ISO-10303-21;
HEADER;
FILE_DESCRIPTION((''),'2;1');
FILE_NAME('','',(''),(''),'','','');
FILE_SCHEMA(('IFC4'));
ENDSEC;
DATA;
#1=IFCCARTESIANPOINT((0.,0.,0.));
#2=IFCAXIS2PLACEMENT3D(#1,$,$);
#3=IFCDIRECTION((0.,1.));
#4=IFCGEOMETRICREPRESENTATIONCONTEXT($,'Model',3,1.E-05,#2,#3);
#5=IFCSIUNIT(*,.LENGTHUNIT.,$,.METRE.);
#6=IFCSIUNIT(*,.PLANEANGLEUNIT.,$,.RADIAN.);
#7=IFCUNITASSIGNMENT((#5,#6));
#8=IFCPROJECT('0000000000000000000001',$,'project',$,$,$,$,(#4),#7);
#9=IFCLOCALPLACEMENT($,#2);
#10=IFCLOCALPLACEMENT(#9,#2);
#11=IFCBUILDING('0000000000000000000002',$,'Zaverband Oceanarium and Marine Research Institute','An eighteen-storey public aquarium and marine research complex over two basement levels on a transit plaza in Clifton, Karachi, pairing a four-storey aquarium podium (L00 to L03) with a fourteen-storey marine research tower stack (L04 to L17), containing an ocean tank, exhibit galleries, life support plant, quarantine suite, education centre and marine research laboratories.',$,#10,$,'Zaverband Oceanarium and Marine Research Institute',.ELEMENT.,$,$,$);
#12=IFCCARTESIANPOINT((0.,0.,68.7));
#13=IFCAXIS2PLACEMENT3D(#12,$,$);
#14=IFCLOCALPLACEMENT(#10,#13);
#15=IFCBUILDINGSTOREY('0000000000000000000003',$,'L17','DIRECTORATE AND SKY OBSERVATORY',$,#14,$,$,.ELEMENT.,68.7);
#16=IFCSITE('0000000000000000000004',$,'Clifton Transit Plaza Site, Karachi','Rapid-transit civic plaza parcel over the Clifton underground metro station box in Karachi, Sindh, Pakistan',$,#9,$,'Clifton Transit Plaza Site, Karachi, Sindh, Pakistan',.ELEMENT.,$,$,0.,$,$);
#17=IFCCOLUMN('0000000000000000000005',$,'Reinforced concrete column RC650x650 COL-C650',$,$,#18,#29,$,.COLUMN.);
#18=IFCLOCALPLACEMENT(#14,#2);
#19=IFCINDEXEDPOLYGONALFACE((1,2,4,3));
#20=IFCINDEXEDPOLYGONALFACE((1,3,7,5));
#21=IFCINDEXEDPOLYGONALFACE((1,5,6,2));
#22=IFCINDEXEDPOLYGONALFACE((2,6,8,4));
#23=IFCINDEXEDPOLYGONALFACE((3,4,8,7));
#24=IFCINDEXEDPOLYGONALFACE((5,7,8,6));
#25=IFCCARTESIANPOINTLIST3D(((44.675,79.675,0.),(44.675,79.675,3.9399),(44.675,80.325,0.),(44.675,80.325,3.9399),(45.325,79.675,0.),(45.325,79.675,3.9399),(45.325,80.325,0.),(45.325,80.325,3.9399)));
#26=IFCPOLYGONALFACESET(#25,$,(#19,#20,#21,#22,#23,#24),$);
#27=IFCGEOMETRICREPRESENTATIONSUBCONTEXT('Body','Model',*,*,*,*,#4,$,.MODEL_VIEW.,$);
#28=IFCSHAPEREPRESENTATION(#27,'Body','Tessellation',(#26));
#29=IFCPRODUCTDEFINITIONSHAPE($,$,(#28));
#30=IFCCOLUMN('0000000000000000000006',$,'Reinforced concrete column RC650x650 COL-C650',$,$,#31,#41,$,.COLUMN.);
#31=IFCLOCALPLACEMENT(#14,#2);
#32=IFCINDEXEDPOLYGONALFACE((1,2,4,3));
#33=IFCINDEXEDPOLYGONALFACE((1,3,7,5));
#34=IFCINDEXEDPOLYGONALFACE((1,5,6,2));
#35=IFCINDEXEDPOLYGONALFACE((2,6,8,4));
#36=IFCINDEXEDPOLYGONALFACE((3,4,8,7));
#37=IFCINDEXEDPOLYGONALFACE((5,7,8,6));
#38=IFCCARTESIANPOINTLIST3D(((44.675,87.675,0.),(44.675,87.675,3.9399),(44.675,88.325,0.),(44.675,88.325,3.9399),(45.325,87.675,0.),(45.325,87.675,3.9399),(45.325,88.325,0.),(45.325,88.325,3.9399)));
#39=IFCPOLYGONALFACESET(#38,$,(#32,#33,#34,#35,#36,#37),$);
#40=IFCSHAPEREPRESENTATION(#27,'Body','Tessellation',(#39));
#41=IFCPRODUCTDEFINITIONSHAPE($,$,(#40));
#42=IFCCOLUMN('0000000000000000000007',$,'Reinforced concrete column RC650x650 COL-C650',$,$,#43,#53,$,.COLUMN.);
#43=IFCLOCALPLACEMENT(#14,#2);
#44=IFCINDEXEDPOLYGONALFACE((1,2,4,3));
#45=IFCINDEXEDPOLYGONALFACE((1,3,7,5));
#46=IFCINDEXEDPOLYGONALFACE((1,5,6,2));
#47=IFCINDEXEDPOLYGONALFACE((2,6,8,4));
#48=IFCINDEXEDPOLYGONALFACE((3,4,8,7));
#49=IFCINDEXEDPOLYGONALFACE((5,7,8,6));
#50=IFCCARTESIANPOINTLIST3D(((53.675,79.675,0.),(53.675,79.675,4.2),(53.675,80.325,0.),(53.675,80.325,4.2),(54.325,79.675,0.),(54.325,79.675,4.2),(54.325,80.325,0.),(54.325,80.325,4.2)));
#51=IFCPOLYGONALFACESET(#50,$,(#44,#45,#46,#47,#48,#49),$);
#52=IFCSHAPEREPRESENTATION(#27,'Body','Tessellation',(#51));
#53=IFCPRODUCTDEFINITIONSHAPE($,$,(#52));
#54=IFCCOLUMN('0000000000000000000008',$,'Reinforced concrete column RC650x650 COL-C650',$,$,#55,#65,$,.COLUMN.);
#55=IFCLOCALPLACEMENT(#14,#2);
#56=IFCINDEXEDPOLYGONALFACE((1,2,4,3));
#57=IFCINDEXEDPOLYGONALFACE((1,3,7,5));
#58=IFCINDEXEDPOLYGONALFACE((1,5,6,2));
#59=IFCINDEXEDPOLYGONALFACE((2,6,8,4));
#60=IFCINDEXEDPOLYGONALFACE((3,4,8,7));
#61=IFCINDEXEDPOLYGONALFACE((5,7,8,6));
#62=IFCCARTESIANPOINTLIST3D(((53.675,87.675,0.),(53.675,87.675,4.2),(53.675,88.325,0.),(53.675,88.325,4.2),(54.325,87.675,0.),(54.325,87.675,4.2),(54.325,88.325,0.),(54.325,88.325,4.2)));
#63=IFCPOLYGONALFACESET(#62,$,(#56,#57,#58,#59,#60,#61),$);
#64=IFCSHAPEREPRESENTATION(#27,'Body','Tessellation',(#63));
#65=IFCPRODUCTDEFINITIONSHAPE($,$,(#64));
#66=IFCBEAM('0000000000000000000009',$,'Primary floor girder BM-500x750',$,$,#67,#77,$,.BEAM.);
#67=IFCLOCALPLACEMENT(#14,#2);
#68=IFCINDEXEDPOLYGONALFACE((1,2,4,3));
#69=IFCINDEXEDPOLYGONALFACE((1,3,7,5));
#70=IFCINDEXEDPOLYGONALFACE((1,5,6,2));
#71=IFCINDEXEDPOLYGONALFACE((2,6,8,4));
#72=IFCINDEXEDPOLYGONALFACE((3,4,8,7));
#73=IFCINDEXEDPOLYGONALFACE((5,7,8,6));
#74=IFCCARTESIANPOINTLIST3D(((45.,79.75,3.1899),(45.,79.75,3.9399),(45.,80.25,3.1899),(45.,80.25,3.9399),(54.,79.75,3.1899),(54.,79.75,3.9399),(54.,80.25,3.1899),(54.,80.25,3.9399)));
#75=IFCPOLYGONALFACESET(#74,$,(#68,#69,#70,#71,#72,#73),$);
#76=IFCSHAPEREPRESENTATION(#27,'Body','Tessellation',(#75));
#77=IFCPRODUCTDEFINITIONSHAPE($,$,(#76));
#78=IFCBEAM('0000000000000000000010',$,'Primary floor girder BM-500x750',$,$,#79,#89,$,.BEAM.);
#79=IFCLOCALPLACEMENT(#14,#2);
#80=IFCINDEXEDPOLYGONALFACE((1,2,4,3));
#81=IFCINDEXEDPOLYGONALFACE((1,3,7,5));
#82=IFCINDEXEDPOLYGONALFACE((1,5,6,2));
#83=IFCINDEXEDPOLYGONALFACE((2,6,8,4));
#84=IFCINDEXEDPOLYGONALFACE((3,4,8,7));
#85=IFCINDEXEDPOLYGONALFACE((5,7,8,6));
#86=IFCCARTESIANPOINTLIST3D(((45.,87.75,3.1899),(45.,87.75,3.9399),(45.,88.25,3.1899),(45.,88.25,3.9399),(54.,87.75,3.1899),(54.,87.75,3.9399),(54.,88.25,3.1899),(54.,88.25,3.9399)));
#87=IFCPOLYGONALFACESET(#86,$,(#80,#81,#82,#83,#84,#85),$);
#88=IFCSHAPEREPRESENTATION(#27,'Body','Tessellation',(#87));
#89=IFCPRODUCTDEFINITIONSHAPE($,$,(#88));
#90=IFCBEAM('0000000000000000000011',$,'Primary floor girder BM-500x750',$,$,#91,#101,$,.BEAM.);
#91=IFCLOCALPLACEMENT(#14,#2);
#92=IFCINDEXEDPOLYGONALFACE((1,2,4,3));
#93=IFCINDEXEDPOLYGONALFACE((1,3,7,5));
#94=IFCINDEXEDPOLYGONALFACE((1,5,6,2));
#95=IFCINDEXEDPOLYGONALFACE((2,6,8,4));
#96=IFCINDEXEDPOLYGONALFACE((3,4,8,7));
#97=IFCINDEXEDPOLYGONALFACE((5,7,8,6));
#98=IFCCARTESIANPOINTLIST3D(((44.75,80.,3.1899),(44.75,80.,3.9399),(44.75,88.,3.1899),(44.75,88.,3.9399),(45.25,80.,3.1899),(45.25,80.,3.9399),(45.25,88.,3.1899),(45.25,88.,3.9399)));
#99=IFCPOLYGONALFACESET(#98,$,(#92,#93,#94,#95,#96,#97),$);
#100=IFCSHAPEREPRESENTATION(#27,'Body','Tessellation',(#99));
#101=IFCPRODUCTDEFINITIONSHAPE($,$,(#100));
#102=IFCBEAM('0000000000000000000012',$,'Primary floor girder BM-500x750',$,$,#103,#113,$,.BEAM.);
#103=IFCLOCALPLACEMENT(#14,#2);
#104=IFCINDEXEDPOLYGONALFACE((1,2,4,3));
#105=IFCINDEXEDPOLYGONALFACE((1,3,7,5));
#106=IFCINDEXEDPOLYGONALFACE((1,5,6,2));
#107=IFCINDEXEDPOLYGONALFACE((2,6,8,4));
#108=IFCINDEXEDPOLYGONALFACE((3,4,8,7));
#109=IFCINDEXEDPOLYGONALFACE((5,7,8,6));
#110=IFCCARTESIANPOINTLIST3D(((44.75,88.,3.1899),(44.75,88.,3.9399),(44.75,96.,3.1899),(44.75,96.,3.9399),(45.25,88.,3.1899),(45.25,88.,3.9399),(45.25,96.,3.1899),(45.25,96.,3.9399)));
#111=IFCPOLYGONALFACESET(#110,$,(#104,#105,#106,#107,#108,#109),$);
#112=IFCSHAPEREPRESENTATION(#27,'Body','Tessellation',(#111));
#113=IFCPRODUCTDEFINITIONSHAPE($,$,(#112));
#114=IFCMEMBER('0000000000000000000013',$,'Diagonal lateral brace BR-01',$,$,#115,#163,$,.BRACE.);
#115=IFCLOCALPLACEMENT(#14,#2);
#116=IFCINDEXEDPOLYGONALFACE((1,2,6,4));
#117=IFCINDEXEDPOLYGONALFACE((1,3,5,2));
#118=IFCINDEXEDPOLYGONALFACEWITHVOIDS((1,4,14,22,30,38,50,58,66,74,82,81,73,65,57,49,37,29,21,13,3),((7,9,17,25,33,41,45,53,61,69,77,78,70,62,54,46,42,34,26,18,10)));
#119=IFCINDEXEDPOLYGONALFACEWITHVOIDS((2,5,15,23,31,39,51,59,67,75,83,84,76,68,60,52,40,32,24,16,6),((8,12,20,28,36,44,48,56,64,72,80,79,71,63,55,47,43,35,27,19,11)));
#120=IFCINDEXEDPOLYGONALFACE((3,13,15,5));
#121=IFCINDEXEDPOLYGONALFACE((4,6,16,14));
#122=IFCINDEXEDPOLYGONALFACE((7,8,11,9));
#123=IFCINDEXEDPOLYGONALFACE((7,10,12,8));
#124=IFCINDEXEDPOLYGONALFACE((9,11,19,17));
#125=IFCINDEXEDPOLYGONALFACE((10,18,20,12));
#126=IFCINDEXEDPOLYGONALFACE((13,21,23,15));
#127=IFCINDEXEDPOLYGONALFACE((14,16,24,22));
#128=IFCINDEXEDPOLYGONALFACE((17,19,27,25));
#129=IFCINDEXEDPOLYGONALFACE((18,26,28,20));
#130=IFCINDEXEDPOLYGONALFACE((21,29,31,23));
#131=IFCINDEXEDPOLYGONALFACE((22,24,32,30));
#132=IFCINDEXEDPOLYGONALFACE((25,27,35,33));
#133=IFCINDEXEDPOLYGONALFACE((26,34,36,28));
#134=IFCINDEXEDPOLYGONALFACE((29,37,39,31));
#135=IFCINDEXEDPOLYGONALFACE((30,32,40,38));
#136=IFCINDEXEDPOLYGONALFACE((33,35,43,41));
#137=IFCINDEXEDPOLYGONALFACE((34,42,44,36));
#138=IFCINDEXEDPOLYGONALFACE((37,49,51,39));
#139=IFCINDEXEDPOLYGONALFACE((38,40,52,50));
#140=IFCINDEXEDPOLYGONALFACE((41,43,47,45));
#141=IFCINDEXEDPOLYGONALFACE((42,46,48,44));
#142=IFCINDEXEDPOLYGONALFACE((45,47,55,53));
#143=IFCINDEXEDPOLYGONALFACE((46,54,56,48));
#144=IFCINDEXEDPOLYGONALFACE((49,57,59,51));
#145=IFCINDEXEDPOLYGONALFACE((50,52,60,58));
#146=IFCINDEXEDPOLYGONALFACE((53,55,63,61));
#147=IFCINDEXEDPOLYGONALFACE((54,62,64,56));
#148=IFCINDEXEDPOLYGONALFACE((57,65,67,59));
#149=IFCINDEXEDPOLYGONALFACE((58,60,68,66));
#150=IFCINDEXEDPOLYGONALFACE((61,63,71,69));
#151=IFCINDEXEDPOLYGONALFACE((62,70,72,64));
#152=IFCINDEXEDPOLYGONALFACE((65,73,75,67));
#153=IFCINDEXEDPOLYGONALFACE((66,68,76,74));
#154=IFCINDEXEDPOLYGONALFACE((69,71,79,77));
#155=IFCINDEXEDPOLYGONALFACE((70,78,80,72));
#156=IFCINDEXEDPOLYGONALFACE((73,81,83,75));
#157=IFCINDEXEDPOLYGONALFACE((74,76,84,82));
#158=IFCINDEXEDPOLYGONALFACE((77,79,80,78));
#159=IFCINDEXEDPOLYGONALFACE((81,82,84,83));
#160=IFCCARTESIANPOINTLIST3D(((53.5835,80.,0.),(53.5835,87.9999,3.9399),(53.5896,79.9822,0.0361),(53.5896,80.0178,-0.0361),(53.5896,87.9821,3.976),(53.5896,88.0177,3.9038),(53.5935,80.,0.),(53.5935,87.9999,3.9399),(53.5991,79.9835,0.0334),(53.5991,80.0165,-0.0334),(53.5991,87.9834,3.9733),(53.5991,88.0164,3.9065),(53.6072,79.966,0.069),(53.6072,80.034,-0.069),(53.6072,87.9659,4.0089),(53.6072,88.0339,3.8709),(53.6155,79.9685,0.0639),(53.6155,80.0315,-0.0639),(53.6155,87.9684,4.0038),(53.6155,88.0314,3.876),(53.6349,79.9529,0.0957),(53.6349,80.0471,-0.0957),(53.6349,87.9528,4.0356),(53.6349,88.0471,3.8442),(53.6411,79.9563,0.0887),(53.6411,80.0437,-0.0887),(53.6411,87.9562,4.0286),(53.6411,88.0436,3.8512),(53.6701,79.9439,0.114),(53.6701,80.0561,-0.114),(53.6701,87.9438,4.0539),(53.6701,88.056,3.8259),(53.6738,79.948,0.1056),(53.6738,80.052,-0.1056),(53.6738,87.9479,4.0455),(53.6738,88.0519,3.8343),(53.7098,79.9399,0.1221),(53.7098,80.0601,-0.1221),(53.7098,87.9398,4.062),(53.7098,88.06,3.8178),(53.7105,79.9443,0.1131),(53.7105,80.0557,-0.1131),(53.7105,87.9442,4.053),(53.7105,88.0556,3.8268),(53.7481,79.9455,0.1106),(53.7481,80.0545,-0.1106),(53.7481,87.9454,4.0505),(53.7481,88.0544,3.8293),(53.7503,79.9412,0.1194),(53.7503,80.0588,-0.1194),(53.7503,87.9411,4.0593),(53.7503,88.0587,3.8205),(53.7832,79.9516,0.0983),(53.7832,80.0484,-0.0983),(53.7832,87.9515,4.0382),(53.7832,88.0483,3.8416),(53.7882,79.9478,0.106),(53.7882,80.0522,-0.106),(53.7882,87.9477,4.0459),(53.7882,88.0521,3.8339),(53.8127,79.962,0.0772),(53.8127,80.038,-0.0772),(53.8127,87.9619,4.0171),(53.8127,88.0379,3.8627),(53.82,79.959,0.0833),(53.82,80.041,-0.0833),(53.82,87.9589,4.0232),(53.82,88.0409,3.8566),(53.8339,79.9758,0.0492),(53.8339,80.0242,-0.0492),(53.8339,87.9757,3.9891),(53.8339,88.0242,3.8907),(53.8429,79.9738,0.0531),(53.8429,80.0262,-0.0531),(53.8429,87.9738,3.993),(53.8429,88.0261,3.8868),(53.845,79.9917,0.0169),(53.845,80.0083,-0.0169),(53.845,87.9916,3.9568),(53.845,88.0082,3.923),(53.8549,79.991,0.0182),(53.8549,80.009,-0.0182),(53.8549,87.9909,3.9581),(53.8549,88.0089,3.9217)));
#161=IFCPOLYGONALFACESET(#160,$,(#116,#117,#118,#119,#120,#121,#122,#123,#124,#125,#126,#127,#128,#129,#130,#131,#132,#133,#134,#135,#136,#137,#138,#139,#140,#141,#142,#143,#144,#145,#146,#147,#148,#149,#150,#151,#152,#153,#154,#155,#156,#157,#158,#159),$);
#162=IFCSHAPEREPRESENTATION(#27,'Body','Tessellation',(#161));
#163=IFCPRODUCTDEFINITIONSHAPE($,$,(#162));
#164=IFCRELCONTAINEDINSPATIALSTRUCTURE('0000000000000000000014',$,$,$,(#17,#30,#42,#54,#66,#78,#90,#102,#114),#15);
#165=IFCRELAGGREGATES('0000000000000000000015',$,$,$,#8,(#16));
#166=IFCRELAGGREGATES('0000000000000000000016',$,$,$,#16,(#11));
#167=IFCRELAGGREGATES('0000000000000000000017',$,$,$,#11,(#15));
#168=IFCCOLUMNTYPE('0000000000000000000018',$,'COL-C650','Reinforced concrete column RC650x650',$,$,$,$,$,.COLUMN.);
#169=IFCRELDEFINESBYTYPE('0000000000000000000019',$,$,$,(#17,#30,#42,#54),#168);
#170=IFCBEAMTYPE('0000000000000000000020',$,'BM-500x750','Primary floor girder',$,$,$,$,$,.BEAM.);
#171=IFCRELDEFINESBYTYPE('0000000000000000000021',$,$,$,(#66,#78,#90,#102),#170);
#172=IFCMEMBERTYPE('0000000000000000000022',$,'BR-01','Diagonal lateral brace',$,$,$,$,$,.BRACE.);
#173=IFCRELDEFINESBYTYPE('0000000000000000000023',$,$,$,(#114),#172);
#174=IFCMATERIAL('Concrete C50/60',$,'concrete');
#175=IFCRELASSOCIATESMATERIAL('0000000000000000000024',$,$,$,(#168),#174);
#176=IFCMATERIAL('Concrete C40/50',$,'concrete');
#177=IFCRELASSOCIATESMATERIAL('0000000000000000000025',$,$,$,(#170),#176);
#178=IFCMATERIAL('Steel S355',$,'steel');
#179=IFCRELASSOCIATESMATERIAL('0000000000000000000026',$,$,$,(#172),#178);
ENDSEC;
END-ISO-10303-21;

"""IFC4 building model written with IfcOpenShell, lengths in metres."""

from ifc_helpers import new_model, si_unit, direction, frame, origin, origin_2d, place, context, subcontext, project, spatial, rectangle, hollow_circle, extrude, material, material_profile, profile_set, type_object, element, save


model = new_model("IFC4")

# Units and contexts
model_context = context("Model", 3, precision=1e-05, world=origin(), true_north=direction((0.0, 1.0)))
body_context = subcontext(model_context, "Body", "Model", "MODEL_VIEW")
ifc_project = project(units=[si_unit("LENGTHUNIT", "METRE"), si_unit("PLANEANGLEUNIT", "RADIAN")], contexts=[model_context])

# Site, building, storey
site_placement = place(None, origin())
site = spatial("IfcSite", under=ifc_project, at=site_placement, Name="Clifton Transit Plaza Site, Karachi", Description="Rapid-transit civic plaza parcel over the Clifton underground metro station box in Karachi, Sindh, Pakistan", LongName="Clifton Transit Plaza Site, Karachi, Sindh, Pakistan", CompositionType="ELEMENT", RefElevation=0.0)
building_placement = place(site_placement, origin())
building = spatial("IfcBuilding", under=site, at=building_placement, Name="Zaverband Oceanarium and Marine Research Institute", Description="An eighteen-storey public aquarium and marine research complex over two basement levels on a transit plaza in Clifton, Karachi, pairing a four-storey aquarium podium (L00 to L03) with a fourteen-storey marine research tower stack (L04 to L17), containing an ocean tank, exhibit galleries, life support plant, quarantine suite, education centre and marine research laboratories.", LongName="Zaverband Oceanarium and Marine Research Institute", CompositionType="ELEMENT")
storey_placement = place(building_placement, frame((0.0, 0.0, 68.7)))
storey = spatial("IfcBuildingStorey", under=building, at=storey_placement, Name="L17", Description="DIRECTORATE AND SKY OBSERVATORY", CompositionType="ELEMENT", Elevation=68.7)

# Columns
ifc_material_1 = material(Name="Concrete C50/60", Category="concrete")
ifc_material_profile_1 = material_profile(ifc_material_1, rectangle(XDim=0.6499, YDim=0.6499, at=origin_2d()), Name="RC650x650")
ifc_profile_set_1 = profile_set([ifc_material_profile_1], Name="Concrete C50/60")
column_type = type_object("IfcColumnType", Name="COL-C650", Description="Reinforced concrete column RC650x650", PredefinedType="COLUMN", material=ifc_profile_set_1)
for number, where, z_axis, x_axis, name in (
    (1, (45.0, 80.0, 0.0), (0.0, 0.0, 1.0), (1.0, 0.0, 0.0), "Reinforced concrete column RC650x650 COL-C650"),
    (2, (45.0, 88.0, 0.0), (0.0, 0.0, 1.0), (1.0, 0.0, 0.0), "Reinforced concrete column RC650x650 COL-C650"),
):
    element("IfcColumn", number, at=place(storey_placement, frame(where, z_axis=z_axis, x_axis=x_axis)), inside=storey, type_object=column_type, Name=name, PredefinedType="COLUMN", context=body_context, shape_type="SweptSolid", body=[
        extrude(rectangle(XDim=0.6499, YDim=0.6499, at=origin_2d()), origin(), (0.0, 0.0, 1.0), 3.9399),
    ])
for number, where, z_axis, x_axis, name in (
    (3, (54.0, 80.0, 0.0), (0.0, 0.0, 1.0), (1.0, 0.0, 0.0), "Reinforced concrete column RC650x650 COL-C650"),
    (4, (54.0, 88.0, 0.0), (0.0, 0.0, 1.0), (1.0, 0.0, 0.0), "Reinforced concrete column RC650x650 COL-C650"),
):
    element("IfcColumn", number, at=place(storey_placement, frame(where, z_axis=z_axis, x_axis=x_axis)), inside=storey, type_object=column_type, Name=name, PredefinedType="COLUMN", context=body_context, shape_type="SweptSolid", body=[
        extrude(rectangle(XDim=0.6499, YDim=0.6499, at=origin_2d()), origin(), (0.0, 0.0, 1.0), 4.2),
    ])

# Beams
ifc_material_2 = material(Name="Concrete C40/50", Category="concrete")
ifc_material_profile_2 = material_profile(ifc_material_2, rectangle(XDim=0.5, YDim=0.75, at=origin_2d()), Name="RC500x750")
ifc_profile_set_2 = profile_set([ifc_material_profile_2], Name="Concrete C40/50")
beam_type_1 = type_object("IfcBeamType", Name="BM-500x750", Description="Primary floor girder", PredefinedType="BEAM", material=ifc_profile_set_2)
for number, where, z_axis, x_axis, name in (
    (5, (45.0, 80.0, 3.5649), (1.0, 0.0, 0.0), (0.0, 1.0, 0.0), "Primary floor girder BM-500x750"),
    (6, (45.0, 88.0, 3.5649), (1.0, 0.0, 0.0), (0.0, 1.0, 0.0), "Primary floor girder BM-500x750"),
):
    element("IfcBeam", number, at=place(storey_placement, frame(where, z_axis=z_axis, x_axis=x_axis)), inside=storey, type_object=beam_type_1, Name=name, PredefinedType="BEAM", context=body_context, shape_type="SweptSolid", body=[
        extrude(rectangle(XDim=0.5, YDim=0.75, at=origin_2d()), origin(), (0.0, 0.0, 1.0), 9.0),
    ])
for number, where, z_axis, x_axis, name in (
    (7, (45.0, 80.0, 3.5649), (0.0, 1.0, 0.0), (-1.0, 0.0, 0.0), "Primary floor girder BM-500x750"),
    (8, (45.0, 88.0, 3.5649), (0.0, 1.0, 0.0), (-1.0, 0.0, 0.0), "Primary floor girder BM-500x750"),
):
    element("IfcBeam", number, at=place(storey_placement, frame(where, z_axis=z_axis, x_axis=x_axis)), inside=storey, type_object=beam_type_1, Name=name, PredefinedType="BEAM", context=body_context, shape_type="SweptSolid", body=[
        extrude(rectangle(XDim=0.5, YDim=0.75, at=origin_2d()), origin(), (0.0, 0.0, 1.0), 8.0),
    ])

# Member
ifc_material_3 = material(Name="Steel S355", Category="steel")
ifc_material_profile_3 = material_profile(ifc_material_3, hollow_circle(Radius=0.1365, WallThickness=0.01, at=origin_2d()), Name="CHS273x10")
ifc_profile_set_3 = profile_set([ifc_material_profile_3], Name="Steel S355")
member_type = type_object("IfcMemberType", Name="BR-01", Description="Diagonal lateral brace", PredefinedType="BRACE", material=ifc_profile_set_3)
for number, where, z_axis, x_axis, name in (
    (9, (53.72, 80.0, 0.0), (0.0, 0.897105, 0.441818), (-1.0, 0.0, 0.0), "Diagonal lateral brace BR-01"),
):
    element("IfcMember", number, at=place(storey_placement, frame(where, z_axis=z_axis, x_axis=x_axis)), inside=storey, type_object=member_type, Name=name, PredefinedType="BRACE", context=body_context, shape_type="SweptSolid", body=[
        extrude(hollow_circle(Radius=0.1365, WallThickness=0.01, at=origin_2d()), origin(), (0.0, 0.0, 1.0), 8.9175),
    ])

save(model, "model.ifc")
